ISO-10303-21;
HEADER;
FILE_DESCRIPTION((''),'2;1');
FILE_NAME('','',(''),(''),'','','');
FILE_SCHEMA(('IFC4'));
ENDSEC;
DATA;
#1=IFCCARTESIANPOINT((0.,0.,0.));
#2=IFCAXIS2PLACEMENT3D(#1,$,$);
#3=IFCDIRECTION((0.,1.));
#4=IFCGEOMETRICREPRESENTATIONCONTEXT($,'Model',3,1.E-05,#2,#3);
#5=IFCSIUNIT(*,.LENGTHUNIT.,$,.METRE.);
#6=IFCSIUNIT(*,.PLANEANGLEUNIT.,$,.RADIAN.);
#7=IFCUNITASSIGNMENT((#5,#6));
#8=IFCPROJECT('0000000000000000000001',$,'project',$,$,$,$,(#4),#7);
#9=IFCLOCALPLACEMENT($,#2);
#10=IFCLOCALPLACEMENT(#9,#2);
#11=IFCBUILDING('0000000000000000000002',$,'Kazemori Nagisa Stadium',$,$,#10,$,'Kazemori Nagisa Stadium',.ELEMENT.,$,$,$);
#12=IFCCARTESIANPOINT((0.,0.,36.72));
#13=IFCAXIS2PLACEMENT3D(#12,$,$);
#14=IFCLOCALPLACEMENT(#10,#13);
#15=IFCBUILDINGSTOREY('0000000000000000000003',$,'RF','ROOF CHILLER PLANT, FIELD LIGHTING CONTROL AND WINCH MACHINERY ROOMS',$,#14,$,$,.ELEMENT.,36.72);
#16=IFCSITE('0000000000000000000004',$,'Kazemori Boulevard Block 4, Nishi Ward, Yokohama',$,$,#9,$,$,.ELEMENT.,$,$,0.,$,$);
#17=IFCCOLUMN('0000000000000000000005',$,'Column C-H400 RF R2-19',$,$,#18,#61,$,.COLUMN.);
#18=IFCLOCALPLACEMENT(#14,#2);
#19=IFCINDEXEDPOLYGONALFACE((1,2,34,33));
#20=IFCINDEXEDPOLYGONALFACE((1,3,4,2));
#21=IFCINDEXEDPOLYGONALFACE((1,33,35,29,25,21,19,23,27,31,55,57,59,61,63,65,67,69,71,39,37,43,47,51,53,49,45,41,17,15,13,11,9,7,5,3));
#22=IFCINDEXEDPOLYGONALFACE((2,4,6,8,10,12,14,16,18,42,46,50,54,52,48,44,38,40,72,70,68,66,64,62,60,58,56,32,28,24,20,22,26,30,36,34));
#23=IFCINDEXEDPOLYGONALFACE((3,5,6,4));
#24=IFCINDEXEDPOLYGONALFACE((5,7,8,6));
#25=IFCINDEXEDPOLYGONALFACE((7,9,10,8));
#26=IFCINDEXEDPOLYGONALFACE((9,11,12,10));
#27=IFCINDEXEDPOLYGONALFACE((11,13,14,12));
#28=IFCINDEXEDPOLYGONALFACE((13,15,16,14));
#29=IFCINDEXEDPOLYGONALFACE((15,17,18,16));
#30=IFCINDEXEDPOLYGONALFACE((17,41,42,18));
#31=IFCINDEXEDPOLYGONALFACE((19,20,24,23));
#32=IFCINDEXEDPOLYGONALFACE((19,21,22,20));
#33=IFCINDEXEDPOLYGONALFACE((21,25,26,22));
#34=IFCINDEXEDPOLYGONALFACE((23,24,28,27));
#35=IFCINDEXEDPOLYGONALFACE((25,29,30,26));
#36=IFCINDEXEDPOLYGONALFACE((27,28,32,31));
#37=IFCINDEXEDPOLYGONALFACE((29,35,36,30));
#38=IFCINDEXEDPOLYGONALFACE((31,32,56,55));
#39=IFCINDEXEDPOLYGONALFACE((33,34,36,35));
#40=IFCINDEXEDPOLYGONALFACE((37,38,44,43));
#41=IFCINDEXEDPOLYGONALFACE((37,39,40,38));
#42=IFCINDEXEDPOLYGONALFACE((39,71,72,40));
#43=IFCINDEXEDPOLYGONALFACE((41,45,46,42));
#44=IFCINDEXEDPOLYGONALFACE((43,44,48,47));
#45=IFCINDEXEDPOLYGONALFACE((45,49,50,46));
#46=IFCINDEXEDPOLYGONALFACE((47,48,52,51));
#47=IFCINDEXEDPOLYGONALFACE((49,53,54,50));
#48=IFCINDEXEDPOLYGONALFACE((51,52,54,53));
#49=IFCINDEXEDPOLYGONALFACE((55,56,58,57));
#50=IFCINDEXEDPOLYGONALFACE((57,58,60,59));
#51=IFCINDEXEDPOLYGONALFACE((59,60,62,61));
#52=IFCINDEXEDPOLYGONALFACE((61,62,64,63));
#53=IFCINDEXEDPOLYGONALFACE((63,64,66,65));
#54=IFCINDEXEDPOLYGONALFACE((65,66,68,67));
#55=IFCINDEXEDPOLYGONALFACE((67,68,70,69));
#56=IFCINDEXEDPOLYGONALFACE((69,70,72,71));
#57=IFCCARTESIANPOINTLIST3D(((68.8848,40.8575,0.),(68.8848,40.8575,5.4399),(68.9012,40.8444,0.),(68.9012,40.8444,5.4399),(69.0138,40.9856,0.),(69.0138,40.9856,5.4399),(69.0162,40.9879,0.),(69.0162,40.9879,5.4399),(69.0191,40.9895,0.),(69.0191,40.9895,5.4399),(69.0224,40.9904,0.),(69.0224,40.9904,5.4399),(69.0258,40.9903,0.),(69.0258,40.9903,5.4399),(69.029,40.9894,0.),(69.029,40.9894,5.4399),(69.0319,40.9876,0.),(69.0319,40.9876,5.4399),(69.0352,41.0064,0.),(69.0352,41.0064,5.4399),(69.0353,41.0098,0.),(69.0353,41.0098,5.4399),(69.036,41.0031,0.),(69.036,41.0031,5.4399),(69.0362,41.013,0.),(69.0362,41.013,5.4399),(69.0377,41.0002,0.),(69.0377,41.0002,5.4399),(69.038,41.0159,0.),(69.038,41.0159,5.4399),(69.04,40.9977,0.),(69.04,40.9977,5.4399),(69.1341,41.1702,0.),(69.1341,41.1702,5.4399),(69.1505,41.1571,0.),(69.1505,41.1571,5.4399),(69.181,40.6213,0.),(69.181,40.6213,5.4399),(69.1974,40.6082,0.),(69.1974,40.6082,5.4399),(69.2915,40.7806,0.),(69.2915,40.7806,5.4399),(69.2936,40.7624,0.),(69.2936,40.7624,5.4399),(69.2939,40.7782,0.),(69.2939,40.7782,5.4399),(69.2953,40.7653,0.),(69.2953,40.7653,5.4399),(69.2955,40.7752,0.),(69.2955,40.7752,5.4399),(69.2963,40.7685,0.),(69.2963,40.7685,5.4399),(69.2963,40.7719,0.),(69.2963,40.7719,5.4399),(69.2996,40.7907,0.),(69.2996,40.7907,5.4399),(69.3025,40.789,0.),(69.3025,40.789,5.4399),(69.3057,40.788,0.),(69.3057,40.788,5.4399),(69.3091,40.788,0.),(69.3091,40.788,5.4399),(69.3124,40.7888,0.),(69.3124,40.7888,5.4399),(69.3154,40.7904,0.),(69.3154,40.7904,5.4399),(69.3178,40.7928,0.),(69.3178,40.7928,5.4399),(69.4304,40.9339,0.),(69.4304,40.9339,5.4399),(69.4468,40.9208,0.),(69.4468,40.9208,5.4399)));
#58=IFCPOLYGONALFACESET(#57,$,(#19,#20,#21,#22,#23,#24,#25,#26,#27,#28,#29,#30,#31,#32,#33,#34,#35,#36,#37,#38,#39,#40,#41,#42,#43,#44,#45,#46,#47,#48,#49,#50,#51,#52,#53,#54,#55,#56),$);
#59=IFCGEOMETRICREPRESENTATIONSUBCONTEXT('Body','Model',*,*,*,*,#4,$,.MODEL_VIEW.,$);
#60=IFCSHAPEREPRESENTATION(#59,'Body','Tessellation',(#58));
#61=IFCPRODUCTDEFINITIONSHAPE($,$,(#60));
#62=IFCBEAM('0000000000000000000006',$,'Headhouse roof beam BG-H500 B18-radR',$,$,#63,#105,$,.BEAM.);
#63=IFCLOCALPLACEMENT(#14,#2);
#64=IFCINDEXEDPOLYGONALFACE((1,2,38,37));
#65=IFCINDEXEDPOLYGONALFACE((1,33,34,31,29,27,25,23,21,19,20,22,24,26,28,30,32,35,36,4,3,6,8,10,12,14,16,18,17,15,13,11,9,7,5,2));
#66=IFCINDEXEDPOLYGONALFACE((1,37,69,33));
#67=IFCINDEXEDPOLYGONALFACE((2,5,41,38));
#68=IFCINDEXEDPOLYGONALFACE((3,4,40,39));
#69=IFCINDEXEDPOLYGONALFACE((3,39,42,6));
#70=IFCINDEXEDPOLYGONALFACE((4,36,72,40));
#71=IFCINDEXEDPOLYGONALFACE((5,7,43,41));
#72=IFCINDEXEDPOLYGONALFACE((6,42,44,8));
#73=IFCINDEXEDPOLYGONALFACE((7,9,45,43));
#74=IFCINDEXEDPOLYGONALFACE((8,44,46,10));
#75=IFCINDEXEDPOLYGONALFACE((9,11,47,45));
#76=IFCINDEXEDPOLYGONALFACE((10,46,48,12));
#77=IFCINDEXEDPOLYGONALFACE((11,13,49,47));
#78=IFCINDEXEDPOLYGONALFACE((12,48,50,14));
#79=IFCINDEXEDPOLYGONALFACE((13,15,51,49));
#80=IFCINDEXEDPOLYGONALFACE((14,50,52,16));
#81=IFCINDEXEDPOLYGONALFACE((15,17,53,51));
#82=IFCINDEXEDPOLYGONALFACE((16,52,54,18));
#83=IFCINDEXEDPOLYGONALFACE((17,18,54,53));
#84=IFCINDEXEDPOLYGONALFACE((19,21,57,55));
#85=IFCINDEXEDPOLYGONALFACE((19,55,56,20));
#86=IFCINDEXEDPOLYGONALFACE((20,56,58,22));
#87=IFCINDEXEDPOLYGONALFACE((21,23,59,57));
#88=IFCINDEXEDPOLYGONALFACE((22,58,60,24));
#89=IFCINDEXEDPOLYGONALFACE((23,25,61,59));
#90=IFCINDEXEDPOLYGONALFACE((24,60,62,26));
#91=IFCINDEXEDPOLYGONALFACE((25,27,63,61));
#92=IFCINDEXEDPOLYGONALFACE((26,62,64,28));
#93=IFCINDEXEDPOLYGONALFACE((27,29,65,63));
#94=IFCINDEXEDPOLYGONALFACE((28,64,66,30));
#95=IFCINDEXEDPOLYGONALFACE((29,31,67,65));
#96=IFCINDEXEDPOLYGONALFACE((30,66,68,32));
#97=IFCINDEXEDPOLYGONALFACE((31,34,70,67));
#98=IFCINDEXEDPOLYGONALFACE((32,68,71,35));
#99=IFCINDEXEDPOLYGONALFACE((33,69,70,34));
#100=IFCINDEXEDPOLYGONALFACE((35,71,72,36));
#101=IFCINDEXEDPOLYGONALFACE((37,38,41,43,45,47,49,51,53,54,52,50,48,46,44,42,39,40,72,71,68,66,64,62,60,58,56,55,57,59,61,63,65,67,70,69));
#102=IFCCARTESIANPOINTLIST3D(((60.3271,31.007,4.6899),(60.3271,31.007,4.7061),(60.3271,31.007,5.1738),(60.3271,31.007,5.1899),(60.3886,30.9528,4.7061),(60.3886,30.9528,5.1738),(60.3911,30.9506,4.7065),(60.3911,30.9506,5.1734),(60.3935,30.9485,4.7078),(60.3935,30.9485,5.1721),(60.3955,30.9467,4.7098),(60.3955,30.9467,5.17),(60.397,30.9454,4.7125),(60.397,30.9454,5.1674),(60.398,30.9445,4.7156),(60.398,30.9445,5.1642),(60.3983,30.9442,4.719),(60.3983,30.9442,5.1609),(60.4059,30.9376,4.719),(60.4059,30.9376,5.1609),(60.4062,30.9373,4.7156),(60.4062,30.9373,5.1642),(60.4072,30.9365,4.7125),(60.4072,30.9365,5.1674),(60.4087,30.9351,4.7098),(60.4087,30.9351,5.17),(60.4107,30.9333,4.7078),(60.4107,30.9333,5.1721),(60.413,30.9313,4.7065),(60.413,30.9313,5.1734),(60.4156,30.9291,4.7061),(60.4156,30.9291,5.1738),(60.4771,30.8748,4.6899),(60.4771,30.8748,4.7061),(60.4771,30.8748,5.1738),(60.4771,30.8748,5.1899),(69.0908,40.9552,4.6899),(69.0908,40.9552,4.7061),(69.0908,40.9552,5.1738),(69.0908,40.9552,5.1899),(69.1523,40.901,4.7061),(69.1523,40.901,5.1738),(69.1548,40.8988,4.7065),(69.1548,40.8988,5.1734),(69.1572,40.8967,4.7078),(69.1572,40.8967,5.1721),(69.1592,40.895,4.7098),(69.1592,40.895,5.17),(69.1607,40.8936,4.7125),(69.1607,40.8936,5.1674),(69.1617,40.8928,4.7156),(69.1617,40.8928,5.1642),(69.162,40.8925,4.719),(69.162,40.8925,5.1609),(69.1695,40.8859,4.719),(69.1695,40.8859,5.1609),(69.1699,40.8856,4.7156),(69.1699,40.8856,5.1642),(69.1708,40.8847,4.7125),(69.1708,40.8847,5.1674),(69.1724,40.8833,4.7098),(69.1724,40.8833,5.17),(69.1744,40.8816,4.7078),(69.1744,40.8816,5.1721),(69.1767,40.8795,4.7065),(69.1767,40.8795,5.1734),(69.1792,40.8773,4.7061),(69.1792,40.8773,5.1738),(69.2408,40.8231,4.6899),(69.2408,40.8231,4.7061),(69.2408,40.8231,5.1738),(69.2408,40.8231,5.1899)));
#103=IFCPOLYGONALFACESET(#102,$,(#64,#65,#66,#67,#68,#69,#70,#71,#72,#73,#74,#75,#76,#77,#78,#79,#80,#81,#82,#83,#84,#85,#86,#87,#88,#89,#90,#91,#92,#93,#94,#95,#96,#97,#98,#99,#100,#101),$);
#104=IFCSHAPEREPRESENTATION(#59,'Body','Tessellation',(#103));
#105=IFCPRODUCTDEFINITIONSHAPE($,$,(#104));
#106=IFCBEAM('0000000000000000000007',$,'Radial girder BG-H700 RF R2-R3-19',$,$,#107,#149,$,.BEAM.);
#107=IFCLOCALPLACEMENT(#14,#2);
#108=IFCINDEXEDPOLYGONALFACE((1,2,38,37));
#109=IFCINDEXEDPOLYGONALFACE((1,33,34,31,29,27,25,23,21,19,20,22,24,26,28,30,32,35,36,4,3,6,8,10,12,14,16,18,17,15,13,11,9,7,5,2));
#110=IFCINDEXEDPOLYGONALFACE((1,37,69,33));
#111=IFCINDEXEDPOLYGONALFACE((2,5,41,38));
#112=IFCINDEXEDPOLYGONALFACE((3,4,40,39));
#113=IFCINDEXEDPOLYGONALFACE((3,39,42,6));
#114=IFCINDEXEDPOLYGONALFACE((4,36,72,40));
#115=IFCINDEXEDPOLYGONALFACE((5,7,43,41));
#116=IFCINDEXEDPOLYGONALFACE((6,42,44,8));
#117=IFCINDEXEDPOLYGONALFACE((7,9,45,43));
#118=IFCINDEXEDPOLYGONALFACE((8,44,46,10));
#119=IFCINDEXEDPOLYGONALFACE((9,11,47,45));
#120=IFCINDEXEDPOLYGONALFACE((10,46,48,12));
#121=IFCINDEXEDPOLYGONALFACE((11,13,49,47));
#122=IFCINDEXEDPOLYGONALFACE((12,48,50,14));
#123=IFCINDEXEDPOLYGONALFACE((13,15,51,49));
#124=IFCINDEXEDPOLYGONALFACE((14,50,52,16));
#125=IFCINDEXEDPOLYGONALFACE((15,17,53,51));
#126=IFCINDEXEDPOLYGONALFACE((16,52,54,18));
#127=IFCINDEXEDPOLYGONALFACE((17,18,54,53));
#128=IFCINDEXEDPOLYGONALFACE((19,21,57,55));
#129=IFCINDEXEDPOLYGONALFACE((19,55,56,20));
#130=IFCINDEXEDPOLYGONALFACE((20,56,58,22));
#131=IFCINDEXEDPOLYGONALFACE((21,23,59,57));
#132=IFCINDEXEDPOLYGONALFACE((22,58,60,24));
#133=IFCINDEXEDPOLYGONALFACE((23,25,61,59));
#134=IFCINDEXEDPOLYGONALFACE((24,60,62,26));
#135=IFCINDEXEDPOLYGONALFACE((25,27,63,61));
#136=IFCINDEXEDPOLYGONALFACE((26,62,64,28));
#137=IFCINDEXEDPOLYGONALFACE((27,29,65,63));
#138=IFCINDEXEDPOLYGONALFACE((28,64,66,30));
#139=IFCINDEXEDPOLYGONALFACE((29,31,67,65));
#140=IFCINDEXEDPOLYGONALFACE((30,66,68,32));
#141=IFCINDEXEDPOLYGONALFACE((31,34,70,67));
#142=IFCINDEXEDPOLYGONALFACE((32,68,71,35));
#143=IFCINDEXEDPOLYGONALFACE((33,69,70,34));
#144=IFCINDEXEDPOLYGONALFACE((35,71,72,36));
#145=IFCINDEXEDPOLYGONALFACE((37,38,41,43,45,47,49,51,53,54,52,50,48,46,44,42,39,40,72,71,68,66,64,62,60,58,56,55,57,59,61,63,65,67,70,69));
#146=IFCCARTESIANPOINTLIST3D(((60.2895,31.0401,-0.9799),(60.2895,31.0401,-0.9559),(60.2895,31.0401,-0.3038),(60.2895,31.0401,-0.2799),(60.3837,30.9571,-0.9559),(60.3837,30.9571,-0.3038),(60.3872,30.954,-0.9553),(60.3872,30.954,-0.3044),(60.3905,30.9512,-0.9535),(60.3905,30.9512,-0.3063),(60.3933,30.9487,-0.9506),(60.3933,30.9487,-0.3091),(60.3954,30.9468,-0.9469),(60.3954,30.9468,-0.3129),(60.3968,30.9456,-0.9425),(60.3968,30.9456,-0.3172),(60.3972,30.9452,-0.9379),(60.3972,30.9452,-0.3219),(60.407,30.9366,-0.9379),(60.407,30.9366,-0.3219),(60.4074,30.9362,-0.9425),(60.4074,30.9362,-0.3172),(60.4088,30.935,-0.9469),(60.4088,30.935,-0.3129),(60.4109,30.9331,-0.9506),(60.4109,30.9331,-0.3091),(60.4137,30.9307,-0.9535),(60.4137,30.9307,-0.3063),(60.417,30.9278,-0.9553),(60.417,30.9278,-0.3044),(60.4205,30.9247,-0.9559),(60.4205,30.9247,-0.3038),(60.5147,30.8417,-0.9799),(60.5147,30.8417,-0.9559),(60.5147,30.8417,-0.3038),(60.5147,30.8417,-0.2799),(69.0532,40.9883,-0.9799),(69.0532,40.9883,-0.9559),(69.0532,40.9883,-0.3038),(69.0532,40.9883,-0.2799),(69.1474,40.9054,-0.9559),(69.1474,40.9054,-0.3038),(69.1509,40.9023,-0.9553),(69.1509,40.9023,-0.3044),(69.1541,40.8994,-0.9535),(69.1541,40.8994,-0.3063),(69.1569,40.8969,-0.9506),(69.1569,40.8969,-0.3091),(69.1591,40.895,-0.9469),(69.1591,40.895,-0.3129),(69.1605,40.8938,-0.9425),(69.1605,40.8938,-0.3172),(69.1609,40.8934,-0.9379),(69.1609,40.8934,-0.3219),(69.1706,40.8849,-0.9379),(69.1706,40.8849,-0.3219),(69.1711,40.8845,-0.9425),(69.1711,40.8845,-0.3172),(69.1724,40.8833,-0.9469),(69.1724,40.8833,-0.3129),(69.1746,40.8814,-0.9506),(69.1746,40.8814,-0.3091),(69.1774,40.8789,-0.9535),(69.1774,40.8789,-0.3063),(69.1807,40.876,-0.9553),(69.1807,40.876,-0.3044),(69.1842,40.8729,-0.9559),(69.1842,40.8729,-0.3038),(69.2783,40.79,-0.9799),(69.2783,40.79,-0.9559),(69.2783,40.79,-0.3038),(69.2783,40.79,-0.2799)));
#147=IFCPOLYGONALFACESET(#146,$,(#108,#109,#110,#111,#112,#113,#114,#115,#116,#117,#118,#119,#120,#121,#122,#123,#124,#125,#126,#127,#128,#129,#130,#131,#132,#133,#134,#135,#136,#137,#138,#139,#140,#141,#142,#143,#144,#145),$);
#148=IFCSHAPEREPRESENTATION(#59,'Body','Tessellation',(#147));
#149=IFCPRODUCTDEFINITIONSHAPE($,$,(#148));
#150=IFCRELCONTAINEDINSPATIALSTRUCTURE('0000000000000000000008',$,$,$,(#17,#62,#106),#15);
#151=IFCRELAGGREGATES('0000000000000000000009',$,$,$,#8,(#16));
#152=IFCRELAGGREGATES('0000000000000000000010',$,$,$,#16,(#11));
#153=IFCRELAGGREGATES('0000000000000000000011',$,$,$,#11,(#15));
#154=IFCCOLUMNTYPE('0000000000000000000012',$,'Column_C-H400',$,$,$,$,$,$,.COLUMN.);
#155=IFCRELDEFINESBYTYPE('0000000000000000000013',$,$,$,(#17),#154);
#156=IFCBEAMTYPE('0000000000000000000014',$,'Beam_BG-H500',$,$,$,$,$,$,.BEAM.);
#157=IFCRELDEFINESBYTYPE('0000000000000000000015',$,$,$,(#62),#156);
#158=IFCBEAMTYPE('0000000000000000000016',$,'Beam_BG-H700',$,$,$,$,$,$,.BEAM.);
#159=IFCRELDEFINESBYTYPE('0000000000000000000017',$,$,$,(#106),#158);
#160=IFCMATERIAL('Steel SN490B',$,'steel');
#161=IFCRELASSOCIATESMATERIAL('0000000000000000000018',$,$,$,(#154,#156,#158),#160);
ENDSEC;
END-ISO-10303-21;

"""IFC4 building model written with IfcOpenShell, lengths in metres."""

from ifc_helpers import new_model, si_unit, direction, frame, origin, origin_2d, place, context, subcontext, project, spatial, i_section, extrude, material, material_profile, profile_set, type_object, element, save


model = new_model("IFC4")

# Units and contexts
model_context = context("Model", 3, precision=1e-05, world=origin(), true_north=direction((0.0, 1.0)))
body_context = subcontext(model_context, "Body", "Model", "MODEL_VIEW")
ifc_project = project(units=[si_unit("LENGTHUNIT", "METRE"), si_unit("PLANEANGLEUNIT", "RADIAN")], contexts=[model_context])

# Site, building, storey
site_placement = place(None, origin())
site = spatial("IfcSite", under=ifc_project, at=site_placement, Name="Kazemori Boulevard Block 4, Nishi Ward, Yokohama", CompositionType="ELEMENT", RefElevation=0.0)
building_placement = place(site_placement, origin())
building = spatial("IfcBuilding", under=site, at=building_placement, Name="Kazemori Nagisa Stadium", LongName="Kazemori Nagisa Stadium", CompositionType="ELEMENT")
storey_placement = place(building_placement, frame((0.0, 0.0, 36.72)))
storey = spatial("IfcBuildingStorey", under=building, at=storey_placement, Name="RF", Description="ROOF CHILLER PLANT, FIELD LIGHTING CONTROL AND WINCH MACHINERY ROOMS", CompositionType="ELEMENT", Elevation=36.72)

# Column
ifc_material_1 = material(Name="Steel SN490B", Category="steel")
ifc_material_profile_1 = material_profile(ifc_material_1, i_section(OverallWidth=0.3999, OverallDepth=0.3999, WebThickness=0.0129, FlangeThickness=0.021, FilletRadius=0.0129, at=origin_2d()), Name="H-400x400x13x21")
ifc_profile_set_1 = profile_set([ifc_material_profile_1], Name="Steel SN490B")
column_type = type_object("IfcColumnType", Name="Column_C-H400", PredefinedType="COLUMN", material=ifc_profile_set_1)
column_placement = place(storey_placement, frame((69.1658, 40.8892, 0.0), z_axis=(0.0, 0.0, 1.0), x_axis=(-0.62349, -0.781831, 0.0)))
element("IfcColumn", 1, at=column_placement, inside=storey, type_object=column_type, Name="Column C-H400 RF R2-19", PredefinedType="COLUMN", context=body_context, shape_type="SweptSolid", body=[
    extrude(i_section(OverallWidth=0.3999, OverallDepth=0.3999, WebThickness=0.0129, FlangeThickness=0.021, FilletRadius=0.0129, at=origin_2d()), origin(), (0.0, 0.0, 1.0), 5.4399),
])

# Beams
ifc_material_profile_2 = material_profile(ifc_material_1, i_section(OverallWidth=0.2, OverallDepth=0.5, WebThickness=0.01, FlangeThickness=0.0161, FilletRadius=0.0129, at=origin_2d()), Name="H-500x200x10x16")
ifc_profile_set_2 = profile_set([ifc_material_profile_2], Name="Steel SN490B")
beam_type_1 = type_object("IfcBeamType", Name="Beam_BG-H500", PredefinedType="BEAM", material=ifc_profile_set_2)
beam_1_placement = place(storey_placement, frame((69.1658, 40.8892, 4.9399), z_axis=(-0.66102, -0.750369, 0.0), x_axis=(0.750369, -0.66102, 0.0)))
element("IfcBeam", 2, at=beam_1_placement, inside=storey, type_object=beam_type_1, Name="Headhouse roof beam BG-H500 B18-radR", PredefinedType="BEAM", context=body_context, shape_type="SweptSolid", body=[
    extrude(i_section(OverallWidth=0.2, OverallDepth=0.5, WebThickness=0.01, FlangeThickness=0.0161, FilletRadius=0.0129, at=origin_2d()), origin(), (0.0, 0.0, 1.0), 13.2578),
])
ifc_material_profile_3 = material_profile(ifc_material_1, i_section(OverallWidth=0.3, OverallDepth=0.7, WebThickness=0.0129, FlangeThickness=0.0239, FilletRadius=0.0181, at=origin_2d()), Name="H-700x300x13x24")
ifc_profile_set_3 = profile_set([ifc_material_profile_3], Name="Steel SN490B")
beam_type_2 = type_object("IfcBeamType", Name="Beam_BG-H700", PredefinedType="BEAM", material=ifc_profile_set_3)
beam_2_placement = place(storey_placement, frame((69.1658, 40.8892, -0.6299), z_axis=(-0.66102, -0.750369, 0.0), x_axis=(0.750369, -0.66102, 0.0)))
element("IfcBeam", 3, at=beam_2_placement, inside=storey, type_object=beam_type_2, Name="Radial girder BG-H700 RF R2-R3-19", PredefinedType="BEAM", context=body_context, shape_type="SweptSolid", body=[
    extrude(i_section(OverallWidth=0.3, OverallDepth=0.7, WebThickness=0.0129, FlangeThickness=0.0239, FilletRadius=0.0181, at=origin_2d()), origin(), (0.0, 0.0, 1.0), 13.2578),
])

save(model, "model.ifc")
